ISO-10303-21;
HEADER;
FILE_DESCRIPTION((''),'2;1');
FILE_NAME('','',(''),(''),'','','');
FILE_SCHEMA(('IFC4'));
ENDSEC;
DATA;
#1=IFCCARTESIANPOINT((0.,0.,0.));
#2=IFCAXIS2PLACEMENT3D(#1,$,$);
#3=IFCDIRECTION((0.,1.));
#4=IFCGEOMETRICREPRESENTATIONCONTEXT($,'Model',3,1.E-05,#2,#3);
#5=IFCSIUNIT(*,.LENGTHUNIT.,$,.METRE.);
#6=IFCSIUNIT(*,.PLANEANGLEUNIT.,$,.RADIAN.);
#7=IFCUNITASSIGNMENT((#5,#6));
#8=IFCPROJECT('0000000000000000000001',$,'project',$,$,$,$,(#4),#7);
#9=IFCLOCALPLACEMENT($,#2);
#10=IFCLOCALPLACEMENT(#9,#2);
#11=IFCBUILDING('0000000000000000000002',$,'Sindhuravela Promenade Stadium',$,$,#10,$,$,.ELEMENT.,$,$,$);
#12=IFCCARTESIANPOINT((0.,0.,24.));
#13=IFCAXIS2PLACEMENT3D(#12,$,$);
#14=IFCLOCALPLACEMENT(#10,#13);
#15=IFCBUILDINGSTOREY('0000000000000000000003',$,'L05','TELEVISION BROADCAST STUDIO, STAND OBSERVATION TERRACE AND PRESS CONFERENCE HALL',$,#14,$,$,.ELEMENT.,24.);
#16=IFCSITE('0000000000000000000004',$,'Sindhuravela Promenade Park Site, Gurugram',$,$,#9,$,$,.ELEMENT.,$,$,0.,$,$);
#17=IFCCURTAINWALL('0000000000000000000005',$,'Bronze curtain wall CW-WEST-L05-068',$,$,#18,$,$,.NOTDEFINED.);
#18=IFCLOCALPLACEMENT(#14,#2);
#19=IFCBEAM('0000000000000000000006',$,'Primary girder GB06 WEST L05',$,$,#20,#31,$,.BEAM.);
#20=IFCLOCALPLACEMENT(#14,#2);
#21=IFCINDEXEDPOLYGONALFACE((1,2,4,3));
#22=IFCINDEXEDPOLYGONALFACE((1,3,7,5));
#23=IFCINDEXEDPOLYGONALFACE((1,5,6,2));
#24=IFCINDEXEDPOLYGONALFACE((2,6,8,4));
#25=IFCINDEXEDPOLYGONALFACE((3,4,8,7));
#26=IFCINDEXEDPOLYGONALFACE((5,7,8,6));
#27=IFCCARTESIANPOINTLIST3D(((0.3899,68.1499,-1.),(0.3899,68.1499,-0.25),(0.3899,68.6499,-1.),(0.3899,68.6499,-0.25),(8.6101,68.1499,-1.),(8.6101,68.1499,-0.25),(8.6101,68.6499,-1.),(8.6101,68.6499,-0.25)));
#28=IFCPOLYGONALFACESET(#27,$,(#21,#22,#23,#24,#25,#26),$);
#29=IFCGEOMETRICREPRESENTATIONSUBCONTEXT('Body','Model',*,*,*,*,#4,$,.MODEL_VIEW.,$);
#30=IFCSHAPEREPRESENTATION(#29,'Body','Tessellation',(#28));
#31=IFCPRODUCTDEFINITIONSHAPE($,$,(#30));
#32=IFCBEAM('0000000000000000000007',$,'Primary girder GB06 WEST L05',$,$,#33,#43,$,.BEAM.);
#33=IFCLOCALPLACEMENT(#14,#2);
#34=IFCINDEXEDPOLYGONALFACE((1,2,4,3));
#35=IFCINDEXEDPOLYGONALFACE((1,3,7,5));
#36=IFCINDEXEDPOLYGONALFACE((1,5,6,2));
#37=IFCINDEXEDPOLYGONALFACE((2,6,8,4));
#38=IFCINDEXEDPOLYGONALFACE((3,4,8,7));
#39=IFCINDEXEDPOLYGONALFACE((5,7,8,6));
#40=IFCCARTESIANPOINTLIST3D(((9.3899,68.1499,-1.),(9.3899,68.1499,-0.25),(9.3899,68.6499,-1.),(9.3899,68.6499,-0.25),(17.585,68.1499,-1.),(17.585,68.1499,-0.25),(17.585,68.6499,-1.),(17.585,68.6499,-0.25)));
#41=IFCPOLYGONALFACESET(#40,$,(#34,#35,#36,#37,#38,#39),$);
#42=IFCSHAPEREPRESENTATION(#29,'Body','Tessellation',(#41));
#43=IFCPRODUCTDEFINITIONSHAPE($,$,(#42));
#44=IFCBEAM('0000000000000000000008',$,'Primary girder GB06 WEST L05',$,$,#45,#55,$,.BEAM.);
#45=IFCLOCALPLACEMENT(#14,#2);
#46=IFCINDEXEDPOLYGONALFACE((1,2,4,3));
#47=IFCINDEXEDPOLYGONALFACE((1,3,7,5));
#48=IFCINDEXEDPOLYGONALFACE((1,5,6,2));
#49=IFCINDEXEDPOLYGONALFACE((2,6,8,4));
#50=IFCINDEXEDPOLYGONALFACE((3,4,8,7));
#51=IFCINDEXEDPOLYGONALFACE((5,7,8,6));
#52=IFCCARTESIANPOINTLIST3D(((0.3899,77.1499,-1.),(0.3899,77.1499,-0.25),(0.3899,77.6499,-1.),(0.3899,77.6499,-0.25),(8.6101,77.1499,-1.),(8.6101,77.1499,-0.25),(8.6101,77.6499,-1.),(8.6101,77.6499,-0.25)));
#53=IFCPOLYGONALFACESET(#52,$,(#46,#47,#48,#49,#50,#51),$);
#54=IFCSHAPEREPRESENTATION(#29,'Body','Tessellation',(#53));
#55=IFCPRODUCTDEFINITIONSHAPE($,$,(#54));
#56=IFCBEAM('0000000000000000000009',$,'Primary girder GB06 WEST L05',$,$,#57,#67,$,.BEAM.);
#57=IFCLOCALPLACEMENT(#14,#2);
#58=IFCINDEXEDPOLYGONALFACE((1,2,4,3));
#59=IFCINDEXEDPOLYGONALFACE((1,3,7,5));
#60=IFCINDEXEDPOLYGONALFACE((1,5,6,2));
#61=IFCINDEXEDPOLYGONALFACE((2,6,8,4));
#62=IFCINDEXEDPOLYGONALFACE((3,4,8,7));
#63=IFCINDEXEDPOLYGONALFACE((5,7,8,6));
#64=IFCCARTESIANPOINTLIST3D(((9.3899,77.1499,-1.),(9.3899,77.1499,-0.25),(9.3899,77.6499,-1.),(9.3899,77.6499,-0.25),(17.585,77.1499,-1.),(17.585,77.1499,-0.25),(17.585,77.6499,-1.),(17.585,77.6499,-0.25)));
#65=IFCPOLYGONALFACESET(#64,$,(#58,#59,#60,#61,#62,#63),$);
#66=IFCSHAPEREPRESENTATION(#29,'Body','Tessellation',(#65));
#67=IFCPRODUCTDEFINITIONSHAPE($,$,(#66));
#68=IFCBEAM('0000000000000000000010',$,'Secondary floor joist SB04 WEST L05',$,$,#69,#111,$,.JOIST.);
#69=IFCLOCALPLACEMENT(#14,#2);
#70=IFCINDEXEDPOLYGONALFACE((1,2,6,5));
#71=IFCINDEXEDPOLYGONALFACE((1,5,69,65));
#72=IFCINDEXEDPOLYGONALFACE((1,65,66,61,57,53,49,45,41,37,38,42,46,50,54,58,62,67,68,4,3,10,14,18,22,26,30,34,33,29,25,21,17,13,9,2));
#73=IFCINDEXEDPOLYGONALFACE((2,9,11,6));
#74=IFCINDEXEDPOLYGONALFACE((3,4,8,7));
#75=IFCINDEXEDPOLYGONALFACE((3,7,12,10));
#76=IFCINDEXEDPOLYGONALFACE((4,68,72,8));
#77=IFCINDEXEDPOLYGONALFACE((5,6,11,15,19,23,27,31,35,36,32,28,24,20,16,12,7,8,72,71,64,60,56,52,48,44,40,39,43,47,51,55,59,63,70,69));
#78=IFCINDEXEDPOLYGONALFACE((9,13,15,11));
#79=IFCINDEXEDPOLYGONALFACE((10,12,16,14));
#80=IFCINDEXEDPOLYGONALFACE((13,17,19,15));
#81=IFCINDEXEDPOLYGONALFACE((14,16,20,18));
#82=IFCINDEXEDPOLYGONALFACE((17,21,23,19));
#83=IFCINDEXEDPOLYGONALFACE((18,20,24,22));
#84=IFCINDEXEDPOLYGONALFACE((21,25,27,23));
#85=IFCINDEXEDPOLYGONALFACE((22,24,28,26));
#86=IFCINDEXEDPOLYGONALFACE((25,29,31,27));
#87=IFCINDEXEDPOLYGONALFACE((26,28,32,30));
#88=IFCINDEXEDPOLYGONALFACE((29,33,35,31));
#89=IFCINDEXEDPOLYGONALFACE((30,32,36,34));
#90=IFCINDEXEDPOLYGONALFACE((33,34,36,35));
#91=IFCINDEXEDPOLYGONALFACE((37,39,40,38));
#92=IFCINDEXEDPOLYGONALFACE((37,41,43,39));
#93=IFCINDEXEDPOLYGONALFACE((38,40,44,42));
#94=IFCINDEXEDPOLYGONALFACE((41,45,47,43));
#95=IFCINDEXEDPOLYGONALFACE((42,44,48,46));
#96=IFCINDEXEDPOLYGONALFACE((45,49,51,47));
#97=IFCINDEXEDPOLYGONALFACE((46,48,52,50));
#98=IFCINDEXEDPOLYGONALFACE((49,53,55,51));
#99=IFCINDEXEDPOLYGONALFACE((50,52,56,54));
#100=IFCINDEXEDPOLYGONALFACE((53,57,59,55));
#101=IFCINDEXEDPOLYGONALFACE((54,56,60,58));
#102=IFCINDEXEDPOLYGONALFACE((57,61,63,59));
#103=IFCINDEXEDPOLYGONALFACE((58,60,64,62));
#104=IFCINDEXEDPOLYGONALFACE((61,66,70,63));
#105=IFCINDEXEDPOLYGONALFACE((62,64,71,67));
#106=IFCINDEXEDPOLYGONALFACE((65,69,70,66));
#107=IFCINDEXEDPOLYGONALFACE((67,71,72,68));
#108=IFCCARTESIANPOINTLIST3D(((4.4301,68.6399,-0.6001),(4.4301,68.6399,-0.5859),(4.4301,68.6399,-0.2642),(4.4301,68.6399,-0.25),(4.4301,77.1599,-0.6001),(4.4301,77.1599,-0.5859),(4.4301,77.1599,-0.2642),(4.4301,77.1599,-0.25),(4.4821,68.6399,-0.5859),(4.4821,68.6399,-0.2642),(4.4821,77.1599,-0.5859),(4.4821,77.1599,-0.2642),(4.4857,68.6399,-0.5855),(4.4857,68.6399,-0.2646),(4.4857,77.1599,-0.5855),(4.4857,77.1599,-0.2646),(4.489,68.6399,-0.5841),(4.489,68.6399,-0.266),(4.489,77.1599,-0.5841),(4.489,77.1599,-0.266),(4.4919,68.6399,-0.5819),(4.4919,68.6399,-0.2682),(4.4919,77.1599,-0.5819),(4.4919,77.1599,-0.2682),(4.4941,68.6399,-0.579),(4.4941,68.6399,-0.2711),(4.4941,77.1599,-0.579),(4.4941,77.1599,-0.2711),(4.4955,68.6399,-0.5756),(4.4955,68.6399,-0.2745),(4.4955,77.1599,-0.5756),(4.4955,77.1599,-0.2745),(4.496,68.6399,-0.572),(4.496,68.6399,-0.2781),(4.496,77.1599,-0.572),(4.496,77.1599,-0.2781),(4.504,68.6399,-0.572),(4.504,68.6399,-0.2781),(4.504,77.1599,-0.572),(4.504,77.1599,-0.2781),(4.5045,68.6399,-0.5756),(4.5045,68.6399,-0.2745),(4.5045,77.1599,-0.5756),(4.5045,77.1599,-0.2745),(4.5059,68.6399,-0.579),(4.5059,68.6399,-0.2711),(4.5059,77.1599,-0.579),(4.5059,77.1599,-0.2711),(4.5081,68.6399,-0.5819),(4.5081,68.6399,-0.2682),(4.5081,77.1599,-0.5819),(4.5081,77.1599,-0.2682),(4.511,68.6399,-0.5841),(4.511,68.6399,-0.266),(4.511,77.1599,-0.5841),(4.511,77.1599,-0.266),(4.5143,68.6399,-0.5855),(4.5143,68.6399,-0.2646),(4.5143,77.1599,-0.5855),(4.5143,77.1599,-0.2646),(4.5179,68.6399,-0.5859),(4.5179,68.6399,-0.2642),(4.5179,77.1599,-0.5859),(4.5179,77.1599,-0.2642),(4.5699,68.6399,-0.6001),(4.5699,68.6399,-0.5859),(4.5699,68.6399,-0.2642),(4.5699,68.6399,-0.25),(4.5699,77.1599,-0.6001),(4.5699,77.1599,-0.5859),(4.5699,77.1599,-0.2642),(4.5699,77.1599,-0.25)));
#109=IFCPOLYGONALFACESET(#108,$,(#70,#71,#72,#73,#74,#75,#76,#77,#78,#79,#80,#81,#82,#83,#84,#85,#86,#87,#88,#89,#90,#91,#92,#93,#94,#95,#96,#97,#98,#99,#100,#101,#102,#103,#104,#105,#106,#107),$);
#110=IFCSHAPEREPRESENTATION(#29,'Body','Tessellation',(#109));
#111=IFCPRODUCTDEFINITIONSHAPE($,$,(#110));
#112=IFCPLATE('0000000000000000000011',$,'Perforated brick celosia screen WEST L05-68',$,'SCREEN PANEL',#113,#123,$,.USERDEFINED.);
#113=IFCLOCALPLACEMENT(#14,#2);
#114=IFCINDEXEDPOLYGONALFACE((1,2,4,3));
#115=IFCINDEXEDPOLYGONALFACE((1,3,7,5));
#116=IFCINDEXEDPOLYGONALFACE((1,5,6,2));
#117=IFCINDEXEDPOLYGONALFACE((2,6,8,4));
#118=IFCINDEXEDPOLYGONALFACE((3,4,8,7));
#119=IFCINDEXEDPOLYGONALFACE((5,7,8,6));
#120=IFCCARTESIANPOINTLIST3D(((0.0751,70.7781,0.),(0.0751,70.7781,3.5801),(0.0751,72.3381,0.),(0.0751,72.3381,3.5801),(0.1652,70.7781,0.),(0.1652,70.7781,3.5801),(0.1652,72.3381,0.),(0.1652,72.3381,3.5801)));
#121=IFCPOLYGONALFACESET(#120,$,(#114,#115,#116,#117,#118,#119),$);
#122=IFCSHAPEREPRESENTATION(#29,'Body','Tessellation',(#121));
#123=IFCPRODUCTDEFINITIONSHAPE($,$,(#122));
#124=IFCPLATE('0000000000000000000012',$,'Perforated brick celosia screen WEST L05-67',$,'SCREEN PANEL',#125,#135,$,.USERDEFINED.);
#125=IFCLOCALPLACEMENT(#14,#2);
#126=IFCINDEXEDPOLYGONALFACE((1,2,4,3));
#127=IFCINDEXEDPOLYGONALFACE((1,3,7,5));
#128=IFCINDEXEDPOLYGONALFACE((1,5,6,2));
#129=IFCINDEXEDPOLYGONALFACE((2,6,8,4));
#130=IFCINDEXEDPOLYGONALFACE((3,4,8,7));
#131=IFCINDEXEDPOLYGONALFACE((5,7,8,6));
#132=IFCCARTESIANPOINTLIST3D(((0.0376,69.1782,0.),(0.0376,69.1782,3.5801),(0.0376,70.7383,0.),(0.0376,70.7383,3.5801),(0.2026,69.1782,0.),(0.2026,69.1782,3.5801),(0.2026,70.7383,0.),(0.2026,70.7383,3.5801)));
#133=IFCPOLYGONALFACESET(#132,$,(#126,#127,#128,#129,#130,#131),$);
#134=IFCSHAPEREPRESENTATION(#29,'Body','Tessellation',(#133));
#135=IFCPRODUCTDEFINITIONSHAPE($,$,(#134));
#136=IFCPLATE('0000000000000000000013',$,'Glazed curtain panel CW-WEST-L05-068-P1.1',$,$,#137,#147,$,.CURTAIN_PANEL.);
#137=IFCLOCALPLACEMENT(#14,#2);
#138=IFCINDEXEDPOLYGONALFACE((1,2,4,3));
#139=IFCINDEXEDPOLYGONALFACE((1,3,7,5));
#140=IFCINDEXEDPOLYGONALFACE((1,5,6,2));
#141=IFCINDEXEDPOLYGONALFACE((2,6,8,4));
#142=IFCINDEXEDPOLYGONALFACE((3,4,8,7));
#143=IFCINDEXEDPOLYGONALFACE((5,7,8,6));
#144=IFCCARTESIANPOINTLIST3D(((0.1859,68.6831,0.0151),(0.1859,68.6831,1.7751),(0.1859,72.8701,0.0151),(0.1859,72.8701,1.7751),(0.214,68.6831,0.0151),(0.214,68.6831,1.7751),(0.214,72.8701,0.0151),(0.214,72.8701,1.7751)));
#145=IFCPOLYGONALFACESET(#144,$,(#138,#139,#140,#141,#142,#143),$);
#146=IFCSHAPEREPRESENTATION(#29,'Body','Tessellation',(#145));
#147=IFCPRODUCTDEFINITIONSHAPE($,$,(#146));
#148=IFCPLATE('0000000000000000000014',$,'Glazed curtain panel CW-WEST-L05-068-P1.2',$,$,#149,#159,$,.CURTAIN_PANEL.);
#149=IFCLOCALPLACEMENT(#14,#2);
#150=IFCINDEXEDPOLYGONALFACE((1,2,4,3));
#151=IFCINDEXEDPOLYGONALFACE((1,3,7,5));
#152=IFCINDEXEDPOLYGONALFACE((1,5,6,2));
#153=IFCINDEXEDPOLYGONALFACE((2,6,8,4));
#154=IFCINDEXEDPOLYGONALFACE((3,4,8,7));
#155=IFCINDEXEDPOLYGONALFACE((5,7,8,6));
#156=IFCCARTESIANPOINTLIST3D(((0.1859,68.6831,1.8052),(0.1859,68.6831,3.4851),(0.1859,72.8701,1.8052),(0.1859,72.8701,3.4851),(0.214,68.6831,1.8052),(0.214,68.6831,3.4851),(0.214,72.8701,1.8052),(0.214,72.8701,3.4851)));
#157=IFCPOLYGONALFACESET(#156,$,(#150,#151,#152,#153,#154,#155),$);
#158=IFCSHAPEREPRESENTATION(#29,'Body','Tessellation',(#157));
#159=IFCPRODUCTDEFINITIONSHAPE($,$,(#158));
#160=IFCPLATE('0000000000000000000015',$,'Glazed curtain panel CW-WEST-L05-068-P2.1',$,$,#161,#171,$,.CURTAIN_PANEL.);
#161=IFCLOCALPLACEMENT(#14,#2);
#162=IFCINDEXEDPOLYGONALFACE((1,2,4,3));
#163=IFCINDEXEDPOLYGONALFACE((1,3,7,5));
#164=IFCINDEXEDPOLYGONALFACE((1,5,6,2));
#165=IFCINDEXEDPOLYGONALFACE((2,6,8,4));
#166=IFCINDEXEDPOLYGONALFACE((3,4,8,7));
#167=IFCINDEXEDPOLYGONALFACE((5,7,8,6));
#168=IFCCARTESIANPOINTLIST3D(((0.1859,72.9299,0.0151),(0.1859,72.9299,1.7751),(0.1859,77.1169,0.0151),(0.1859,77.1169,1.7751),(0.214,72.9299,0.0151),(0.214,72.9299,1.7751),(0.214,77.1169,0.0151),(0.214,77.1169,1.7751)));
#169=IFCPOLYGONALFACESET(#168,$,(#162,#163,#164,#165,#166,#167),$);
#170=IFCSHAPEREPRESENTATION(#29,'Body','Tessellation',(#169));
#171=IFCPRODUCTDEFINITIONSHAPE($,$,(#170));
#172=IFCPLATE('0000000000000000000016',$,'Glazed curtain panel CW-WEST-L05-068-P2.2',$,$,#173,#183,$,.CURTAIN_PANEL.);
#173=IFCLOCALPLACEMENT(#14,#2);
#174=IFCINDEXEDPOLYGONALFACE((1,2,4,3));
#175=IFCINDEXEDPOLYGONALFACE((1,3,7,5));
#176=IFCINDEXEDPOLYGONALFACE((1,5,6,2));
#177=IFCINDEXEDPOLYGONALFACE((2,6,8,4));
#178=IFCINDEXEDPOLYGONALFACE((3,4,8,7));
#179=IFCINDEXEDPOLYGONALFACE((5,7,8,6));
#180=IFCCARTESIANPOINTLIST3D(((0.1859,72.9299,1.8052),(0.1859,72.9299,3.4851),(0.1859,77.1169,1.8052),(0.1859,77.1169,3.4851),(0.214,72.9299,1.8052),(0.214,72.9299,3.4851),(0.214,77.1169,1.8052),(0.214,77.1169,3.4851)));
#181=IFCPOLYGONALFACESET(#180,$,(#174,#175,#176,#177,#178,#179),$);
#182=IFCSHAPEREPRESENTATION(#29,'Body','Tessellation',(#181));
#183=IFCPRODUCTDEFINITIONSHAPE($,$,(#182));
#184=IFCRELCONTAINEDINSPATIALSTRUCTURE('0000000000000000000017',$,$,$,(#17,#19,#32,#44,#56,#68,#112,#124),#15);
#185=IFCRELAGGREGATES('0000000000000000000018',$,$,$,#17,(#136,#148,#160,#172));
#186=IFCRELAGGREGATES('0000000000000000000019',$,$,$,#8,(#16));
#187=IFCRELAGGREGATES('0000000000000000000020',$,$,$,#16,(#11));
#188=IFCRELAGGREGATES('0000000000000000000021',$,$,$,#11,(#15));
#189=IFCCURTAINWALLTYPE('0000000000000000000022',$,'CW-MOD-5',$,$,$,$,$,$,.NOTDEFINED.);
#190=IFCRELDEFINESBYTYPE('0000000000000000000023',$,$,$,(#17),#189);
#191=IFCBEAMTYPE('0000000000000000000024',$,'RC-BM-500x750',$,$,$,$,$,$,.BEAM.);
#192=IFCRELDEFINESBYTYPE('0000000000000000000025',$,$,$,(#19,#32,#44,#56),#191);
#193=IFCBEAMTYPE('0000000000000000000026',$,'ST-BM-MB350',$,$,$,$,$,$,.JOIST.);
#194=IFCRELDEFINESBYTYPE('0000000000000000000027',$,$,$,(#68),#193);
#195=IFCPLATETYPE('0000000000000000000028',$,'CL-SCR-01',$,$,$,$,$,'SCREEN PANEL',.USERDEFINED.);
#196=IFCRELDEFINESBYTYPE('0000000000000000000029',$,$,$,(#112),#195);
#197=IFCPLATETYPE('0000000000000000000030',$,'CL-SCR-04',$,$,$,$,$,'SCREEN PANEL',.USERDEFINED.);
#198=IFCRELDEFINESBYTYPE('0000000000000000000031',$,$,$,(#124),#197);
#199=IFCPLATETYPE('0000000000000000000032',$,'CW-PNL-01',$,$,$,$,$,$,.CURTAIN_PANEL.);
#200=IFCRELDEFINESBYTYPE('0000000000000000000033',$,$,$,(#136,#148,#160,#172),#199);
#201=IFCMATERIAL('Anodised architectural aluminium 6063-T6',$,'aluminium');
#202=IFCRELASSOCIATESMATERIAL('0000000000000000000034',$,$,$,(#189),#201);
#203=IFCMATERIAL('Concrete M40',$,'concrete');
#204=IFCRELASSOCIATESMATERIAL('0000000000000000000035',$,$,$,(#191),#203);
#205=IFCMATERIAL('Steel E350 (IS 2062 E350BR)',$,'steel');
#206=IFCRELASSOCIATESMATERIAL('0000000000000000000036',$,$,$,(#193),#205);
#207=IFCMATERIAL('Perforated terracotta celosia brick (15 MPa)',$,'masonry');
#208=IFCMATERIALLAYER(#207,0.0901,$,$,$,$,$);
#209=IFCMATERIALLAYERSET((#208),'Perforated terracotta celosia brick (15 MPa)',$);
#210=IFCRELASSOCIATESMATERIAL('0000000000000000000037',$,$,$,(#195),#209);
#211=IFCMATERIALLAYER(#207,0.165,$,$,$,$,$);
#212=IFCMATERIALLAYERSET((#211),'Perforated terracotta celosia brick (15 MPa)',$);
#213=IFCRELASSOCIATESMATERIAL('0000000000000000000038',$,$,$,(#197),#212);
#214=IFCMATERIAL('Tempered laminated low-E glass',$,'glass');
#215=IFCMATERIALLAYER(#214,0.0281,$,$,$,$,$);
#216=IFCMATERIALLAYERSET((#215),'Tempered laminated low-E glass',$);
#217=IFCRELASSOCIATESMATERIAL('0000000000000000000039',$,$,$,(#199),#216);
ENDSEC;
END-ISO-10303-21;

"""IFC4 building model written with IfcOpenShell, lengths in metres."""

from ifc_helpers import new_model, si_unit, direction, frame, origin, origin_2d, place, context, subcontext, project, spatial, rectangle, i_section, extrude, material, layer, layer_set, material_profile, profile_set, type_object, element, aggregate, save


model = new_model("IFC4")

# Units and contexts
model_context = context("Model", 3, precision=1e-05, world=origin(), true_north=direction((0.0, 1.0)))
body_context = subcontext(model_context, "Body", "Model", "MODEL_VIEW")
ifc_project = project(units=[si_unit("LENGTHUNIT", "METRE"), si_unit("PLANEANGLEUNIT", "RADIAN")], contexts=[model_context])

# Site, building, storey
site_placement = place(None, origin())
site = spatial("IfcSite", under=ifc_project, at=site_placement, Name="Sindhuravela Promenade Park Site, Gurugram", CompositionType="ELEMENT", RefElevation=0.0)
building_placement = place(site_placement, origin())
building = spatial("IfcBuilding", under=site, at=building_placement, Name="Sindhuravela Promenade Stadium", CompositionType="ELEMENT")
storey_placement = place(building_placement, frame((0.0, 0.0, 24.0)))
storey = spatial("IfcBuildingStorey", under=building, at=storey_placement, Name="L05", Description="TELEVISION BROADCAST STUDIO, STAND OBSERVATION TERRACE AND PRESS CONFERENCE HALL", CompositionType="ELEMENT", Elevation=24.0)

# Shared definitions
ifc_material_1 = material(Name="Steel E350 (IS 2062 E350BR)", Category="steel")

# Shared definitions
ifc_material_2 = material(Name="Anodised architectural aluminium 6063-T6", Category="aluminium")

# Curtain wall
curtain_wall_type_1 = type_object("IfcCurtainWallType", Name="CW-MOD-5", PredefinedType="NOTDEFINED", material=ifc_material_2)
curtain_wall_1_placement = place(storey_placement, origin())
curtain_wall_1 = element("IfcCurtainWall", 1, at=curtain_wall_1_placement, inside=storey, type_object=curtain_wall_type_1, Name="Bronze curtain wall CW-WEST-L05-068", PredefinedType="NOTDEFINED")

# Beams
ifc_material_3 = material(Name="Concrete M40", Category="concrete")
ifc_material_profile_1 = material_profile(ifc_material_3, rectangle(XDim=0.5, YDim=0.75, at=origin_2d()), Name="RC 500x750")
ifc_profile_set_1 = profile_set([ifc_material_profile_1], Name="Concrete M40")
beam_type_1 = type_object("IfcBeamType", Name="RC-BM-500x750", PredefinedType="BEAM", material=ifc_profile_set_1)
beam_1_placement = place(storey_placement, frame((0.3899, 68.3999, -0.625), z_axis=(1.0, 0.0, 0.0), x_axis=(0.0, 1.0, 0.0)))
element("IfcBeam", 2, at=beam_1_placement, inside=storey, type_object=beam_type_1, Name="Primary girder GB06 WEST L05", PredefinedType="BEAM", context=body_context, shape_type="SweptSolid", body=[
    extrude(rectangle(XDim=0.5, YDim=0.75, at=origin_2d()), origin(), (0.0, 0.0, 1.0), 8.2202),
])
beam_2_placement = place(storey_placement, frame((9.3899, 68.3999, -0.625), z_axis=(1.0, 0.0, 0.0), x_axis=(0.0, 1.0, 0.0)))
element("IfcBeam", 3, at=beam_2_placement, inside=storey, type_object=beam_type_1, Name="Primary girder GB06 WEST L05", PredefinedType="BEAM", context=body_context, shape_type="SweptSolid", body=[
    extrude(rectangle(XDim=0.5, YDim=0.75, at=origin_2d()), origin(), (0.0, 0.0, 1.0), 8.1951),
])
beam_3_placement = place(storey_placement, frame((0.3899, 77.3999, -0.625), z_axis=(1.0, 0.0, 0.0), x_axis=(0.0, 1.0, 0.0)))
element("IfcBeam", 4, at=beam_3_placement, inside=storey, type_object=beam_type_1, Name="Primary girder GB06 WEST L05", PredefinedType="BEAM", context=body_context, shape_type="SweptSolid", body=[
    extrude(rectangle(XDim=0.5, YDim=0.75, at=origin_2d()), origin(), (0.0, 0.0, 1.0), 8.2202),
])
beam_4_placement = place(storey_placement, frame((9.3899, 77.3999, -0.625), z_axis=(1.0, 0.0, 0.0), x_axis=(0.0, 1.0, 0.0)))
element("IfcBeam", 5, at=beam_4_placement, inside=storey, type_object=beam_type_1, Name="Primary girder GB06 WEST L05", PredefinedType="BEAM", context=body_context, shape_type="SweptSolid", body=[
    extrude(rectangle(XDim=0.5, YDim=0.75, at=origin_2d()), origin(), (0.0, 0.0, 1.0), 8.1951),
])
ifc_material_profile_2 = material_profile(ifc_material_1, i_section(OverallWidth=0.1399, OverallDepth=0.3501, WebThickness=0.0081, FlangeThickness=0.0142, FilletRadius=0.0139, at=origin_2d()), Name="ISMB 350")
ifc_profile_set_2 = profile_set([ifc_material_profile_2], Name="Steel E350 (IS 2062 E350BR)")
beam_type_2 = type_object("IfcBeamType", Name="ST-BM-MB350", PredefinedType="JOIST", material=ifc_profile_set_2)
beam_5_placement = place(storey_placement, frame((4.5, 68.6399, -0.425), z_axis=(0.0, 1.0, 0.0), x_axis=(-1.0, 0.0, 0.0)))
element("IfcBeam", 6, at=beam_5_placement, inside=storey, type_object=beam_type_2, Name="Secondary floor joist SB04 WEST L05", PredefinedType="JOIST", context=body_context, shape_type="SweptSolid", body=[
    extrude(i_section(OverallWidth=0.1399, OverallDepth=0.3501, WebThickness=0.0081, FlangeThickness=0.0142, FilletRadius=0.0139, at=origin_2d()), origin(), (0.0, 0.0, 1.0), 8.52),
])

# Plates
ifc_material_4 = material(Name="Perforated terracotta celosia brick (15 MPa)", Category="masonry")
ifc_layer_1 = layer(ifc_material_4, 0.0901)
ifc_layer_set_1 = layer_set([ifc_layer_1], Name="Perforated terracotta celosia brick (15 MPa)")
plate_type_1 = type_object("IfcPlateType", Name="CL-SCR-01", ElementType="SCREEN PANEL", PredefinedType="USERDEFINED", material=ifc_layer_set_1)
plate_1_placement = place(storey_placement, frame((0.1201, 71.5581, 0.0), z_axis=(0.0, 0.0, 1.0), x_axis=(0.0, 1.0, 0.0)))
element("IfcPlate", 7, at=plate_1_placement, inside=storey, type_object=plate_type_1, Name="Perforated brick celosia screen WEST L05-68", ObjectType="SCREEN PANEL", PredefinedType="USERDEFINED", context=body_context, shape_type="SweptSolid", body=[
    extrude(rectangle(XDim=1.5601, YDim=0.0901, at=origin_2d()), origin(), (0.0, 0.0, 1.0), 3.5801),
])
ifc_layer_2 = layer(ifc_material_4, 0.165)
ifc_layer_set_2 = layer_set([ifc_layer_2], Name="Perforated terracotta celosia brick (15 MPa)")
plate_type_2 = type_object("IfcPlateType", Name="CL-SCR-04", ElementType="SCREEN PANEL", PredefinedType="USERDEFINED", material=ifc_layer_set_2)
plate_2_placement = place(storey_placement, frame((0.1201, 69.9583, 0.0), z_axis=(0.0, 0.0, 1.0), x_axis=(0.0, 1.0, 0.0)))
element("IfcPlate", 8, at=plate_2_placement, inside=storey, type_object=plate_type_2, Name="Perforated brick celosia screen WEST L05-67", ObjectType="SCREEN PANEL", PredefinedType="USERDEFINED", context=body_context, shape_type="SweptSolid", body=[
    extrude(rectangle(XDim=1.5601, YDim=0.165, at=origin_2d()), origin(), (0.0, 0.0, 1.0), 3.5801),
])

# Plates
ifc_material_5 = material(Name="Tempered laminated low-E glass", Category="glass")
ifc_layer_3 = layer(ifc_material_5, 0.0281)
ifc_layer_set_3 = layer_set([ifc_layer_3], Name="Tempered laminated low-E glass")
plate_type_3 = type_object("IfcPlateType", Name="CW-PNL-01", PredefinedType="CURTAIN_PANEL", material=ifc_layer_set_3)
plate_3_placement = place(storey_placement, frame((0.2, 70.7766, 0.0151), z_axis=(0.0, 0.0, 1.0), x_axis=(0.0, 1.0, 0.0)))
plate_3 = element("IfcPlate", 9, at=plate_3_placement, type_object=plate_type_3, Name="Glazed curtain panel CW-WEST-L05-068-P1.1", PredefinedType="CURTAIN_PANEL", context=body_context, shape_type="SweptSolid", body=[
    extrude(rectangle(XDim=4.187, YDim=0.0281, at=origin_2d()), origin(), (0.0, 0.0, 1.0), 1.76),
])
plate_4_placement = place(storey_placement, frame((0.2, 70.7766, 1.8052), z_axis=(0.0, 0.0, 1.0), x_axis=(0.0, 1.0, 0.0)))
plate_4 = element("IfcPlate", 10, at=plate_4_placement, type_object=plate_type_3, Name="Glazed curtain panel CW-WEST-L05-068-P1.2", PredefinedType="CURTAIN_PANEL", context=body_context, shape_type="SweptSolid", body=[
    extrude(rectangle(XDim=4.187, YDim=0.0281, at=origin_2d()), origin(), (0.0, 0.0, 1.0), 1.6799),
])
plate_5_placement = place(storey_placement, frame((0.2, 75.0234, 0.0151), z_axis=(0.0, 0.0, 1.0), x_axis=(0.0, 1.0, 0.0)))
plate_5 = element("IfcPlate", 11, at=plate_5_placement, type_object=plate_type_3, Name="Glazed curtain panel CW-WEST-L05-068-P2.1", PredefinedType="CURTAIN_PANEL", context=body_context, shape_type="SweptSolid", body=[
    extrude(rectangle(XDim=4.187, YDim=0.0281, at=origin_2d()), origin(), (0.0, 0.0, 1.0), 1.76),
])
plate_6_placement = place(storey_placement, frame((0.2, 75.0234, 1.8052), z_axis=(0.0, 0.0, 1.0), x_axis=(0.0, 1.0, 0.0)))
plate_6 = element("IfcPlate", 12, at=plate_6_placement, type_object=plate_type_3, Name="Glazed curtain panel CW-WEST-L05-068-P2.2", PredefinedType="CURTAIN_PANEL", context=body_context, shape_type="SweptSolid", body=[
    extrude(rectangle(XDim=4.187, YDim=0.0281, at=origin_2d()), origin(), (0.0, 0.0, 1.0), 1.6799),
])
aggregate(curtain_wall_1, [plate_3, plate_4, plate_5, plate_6])

save(model, "model.ifc")
